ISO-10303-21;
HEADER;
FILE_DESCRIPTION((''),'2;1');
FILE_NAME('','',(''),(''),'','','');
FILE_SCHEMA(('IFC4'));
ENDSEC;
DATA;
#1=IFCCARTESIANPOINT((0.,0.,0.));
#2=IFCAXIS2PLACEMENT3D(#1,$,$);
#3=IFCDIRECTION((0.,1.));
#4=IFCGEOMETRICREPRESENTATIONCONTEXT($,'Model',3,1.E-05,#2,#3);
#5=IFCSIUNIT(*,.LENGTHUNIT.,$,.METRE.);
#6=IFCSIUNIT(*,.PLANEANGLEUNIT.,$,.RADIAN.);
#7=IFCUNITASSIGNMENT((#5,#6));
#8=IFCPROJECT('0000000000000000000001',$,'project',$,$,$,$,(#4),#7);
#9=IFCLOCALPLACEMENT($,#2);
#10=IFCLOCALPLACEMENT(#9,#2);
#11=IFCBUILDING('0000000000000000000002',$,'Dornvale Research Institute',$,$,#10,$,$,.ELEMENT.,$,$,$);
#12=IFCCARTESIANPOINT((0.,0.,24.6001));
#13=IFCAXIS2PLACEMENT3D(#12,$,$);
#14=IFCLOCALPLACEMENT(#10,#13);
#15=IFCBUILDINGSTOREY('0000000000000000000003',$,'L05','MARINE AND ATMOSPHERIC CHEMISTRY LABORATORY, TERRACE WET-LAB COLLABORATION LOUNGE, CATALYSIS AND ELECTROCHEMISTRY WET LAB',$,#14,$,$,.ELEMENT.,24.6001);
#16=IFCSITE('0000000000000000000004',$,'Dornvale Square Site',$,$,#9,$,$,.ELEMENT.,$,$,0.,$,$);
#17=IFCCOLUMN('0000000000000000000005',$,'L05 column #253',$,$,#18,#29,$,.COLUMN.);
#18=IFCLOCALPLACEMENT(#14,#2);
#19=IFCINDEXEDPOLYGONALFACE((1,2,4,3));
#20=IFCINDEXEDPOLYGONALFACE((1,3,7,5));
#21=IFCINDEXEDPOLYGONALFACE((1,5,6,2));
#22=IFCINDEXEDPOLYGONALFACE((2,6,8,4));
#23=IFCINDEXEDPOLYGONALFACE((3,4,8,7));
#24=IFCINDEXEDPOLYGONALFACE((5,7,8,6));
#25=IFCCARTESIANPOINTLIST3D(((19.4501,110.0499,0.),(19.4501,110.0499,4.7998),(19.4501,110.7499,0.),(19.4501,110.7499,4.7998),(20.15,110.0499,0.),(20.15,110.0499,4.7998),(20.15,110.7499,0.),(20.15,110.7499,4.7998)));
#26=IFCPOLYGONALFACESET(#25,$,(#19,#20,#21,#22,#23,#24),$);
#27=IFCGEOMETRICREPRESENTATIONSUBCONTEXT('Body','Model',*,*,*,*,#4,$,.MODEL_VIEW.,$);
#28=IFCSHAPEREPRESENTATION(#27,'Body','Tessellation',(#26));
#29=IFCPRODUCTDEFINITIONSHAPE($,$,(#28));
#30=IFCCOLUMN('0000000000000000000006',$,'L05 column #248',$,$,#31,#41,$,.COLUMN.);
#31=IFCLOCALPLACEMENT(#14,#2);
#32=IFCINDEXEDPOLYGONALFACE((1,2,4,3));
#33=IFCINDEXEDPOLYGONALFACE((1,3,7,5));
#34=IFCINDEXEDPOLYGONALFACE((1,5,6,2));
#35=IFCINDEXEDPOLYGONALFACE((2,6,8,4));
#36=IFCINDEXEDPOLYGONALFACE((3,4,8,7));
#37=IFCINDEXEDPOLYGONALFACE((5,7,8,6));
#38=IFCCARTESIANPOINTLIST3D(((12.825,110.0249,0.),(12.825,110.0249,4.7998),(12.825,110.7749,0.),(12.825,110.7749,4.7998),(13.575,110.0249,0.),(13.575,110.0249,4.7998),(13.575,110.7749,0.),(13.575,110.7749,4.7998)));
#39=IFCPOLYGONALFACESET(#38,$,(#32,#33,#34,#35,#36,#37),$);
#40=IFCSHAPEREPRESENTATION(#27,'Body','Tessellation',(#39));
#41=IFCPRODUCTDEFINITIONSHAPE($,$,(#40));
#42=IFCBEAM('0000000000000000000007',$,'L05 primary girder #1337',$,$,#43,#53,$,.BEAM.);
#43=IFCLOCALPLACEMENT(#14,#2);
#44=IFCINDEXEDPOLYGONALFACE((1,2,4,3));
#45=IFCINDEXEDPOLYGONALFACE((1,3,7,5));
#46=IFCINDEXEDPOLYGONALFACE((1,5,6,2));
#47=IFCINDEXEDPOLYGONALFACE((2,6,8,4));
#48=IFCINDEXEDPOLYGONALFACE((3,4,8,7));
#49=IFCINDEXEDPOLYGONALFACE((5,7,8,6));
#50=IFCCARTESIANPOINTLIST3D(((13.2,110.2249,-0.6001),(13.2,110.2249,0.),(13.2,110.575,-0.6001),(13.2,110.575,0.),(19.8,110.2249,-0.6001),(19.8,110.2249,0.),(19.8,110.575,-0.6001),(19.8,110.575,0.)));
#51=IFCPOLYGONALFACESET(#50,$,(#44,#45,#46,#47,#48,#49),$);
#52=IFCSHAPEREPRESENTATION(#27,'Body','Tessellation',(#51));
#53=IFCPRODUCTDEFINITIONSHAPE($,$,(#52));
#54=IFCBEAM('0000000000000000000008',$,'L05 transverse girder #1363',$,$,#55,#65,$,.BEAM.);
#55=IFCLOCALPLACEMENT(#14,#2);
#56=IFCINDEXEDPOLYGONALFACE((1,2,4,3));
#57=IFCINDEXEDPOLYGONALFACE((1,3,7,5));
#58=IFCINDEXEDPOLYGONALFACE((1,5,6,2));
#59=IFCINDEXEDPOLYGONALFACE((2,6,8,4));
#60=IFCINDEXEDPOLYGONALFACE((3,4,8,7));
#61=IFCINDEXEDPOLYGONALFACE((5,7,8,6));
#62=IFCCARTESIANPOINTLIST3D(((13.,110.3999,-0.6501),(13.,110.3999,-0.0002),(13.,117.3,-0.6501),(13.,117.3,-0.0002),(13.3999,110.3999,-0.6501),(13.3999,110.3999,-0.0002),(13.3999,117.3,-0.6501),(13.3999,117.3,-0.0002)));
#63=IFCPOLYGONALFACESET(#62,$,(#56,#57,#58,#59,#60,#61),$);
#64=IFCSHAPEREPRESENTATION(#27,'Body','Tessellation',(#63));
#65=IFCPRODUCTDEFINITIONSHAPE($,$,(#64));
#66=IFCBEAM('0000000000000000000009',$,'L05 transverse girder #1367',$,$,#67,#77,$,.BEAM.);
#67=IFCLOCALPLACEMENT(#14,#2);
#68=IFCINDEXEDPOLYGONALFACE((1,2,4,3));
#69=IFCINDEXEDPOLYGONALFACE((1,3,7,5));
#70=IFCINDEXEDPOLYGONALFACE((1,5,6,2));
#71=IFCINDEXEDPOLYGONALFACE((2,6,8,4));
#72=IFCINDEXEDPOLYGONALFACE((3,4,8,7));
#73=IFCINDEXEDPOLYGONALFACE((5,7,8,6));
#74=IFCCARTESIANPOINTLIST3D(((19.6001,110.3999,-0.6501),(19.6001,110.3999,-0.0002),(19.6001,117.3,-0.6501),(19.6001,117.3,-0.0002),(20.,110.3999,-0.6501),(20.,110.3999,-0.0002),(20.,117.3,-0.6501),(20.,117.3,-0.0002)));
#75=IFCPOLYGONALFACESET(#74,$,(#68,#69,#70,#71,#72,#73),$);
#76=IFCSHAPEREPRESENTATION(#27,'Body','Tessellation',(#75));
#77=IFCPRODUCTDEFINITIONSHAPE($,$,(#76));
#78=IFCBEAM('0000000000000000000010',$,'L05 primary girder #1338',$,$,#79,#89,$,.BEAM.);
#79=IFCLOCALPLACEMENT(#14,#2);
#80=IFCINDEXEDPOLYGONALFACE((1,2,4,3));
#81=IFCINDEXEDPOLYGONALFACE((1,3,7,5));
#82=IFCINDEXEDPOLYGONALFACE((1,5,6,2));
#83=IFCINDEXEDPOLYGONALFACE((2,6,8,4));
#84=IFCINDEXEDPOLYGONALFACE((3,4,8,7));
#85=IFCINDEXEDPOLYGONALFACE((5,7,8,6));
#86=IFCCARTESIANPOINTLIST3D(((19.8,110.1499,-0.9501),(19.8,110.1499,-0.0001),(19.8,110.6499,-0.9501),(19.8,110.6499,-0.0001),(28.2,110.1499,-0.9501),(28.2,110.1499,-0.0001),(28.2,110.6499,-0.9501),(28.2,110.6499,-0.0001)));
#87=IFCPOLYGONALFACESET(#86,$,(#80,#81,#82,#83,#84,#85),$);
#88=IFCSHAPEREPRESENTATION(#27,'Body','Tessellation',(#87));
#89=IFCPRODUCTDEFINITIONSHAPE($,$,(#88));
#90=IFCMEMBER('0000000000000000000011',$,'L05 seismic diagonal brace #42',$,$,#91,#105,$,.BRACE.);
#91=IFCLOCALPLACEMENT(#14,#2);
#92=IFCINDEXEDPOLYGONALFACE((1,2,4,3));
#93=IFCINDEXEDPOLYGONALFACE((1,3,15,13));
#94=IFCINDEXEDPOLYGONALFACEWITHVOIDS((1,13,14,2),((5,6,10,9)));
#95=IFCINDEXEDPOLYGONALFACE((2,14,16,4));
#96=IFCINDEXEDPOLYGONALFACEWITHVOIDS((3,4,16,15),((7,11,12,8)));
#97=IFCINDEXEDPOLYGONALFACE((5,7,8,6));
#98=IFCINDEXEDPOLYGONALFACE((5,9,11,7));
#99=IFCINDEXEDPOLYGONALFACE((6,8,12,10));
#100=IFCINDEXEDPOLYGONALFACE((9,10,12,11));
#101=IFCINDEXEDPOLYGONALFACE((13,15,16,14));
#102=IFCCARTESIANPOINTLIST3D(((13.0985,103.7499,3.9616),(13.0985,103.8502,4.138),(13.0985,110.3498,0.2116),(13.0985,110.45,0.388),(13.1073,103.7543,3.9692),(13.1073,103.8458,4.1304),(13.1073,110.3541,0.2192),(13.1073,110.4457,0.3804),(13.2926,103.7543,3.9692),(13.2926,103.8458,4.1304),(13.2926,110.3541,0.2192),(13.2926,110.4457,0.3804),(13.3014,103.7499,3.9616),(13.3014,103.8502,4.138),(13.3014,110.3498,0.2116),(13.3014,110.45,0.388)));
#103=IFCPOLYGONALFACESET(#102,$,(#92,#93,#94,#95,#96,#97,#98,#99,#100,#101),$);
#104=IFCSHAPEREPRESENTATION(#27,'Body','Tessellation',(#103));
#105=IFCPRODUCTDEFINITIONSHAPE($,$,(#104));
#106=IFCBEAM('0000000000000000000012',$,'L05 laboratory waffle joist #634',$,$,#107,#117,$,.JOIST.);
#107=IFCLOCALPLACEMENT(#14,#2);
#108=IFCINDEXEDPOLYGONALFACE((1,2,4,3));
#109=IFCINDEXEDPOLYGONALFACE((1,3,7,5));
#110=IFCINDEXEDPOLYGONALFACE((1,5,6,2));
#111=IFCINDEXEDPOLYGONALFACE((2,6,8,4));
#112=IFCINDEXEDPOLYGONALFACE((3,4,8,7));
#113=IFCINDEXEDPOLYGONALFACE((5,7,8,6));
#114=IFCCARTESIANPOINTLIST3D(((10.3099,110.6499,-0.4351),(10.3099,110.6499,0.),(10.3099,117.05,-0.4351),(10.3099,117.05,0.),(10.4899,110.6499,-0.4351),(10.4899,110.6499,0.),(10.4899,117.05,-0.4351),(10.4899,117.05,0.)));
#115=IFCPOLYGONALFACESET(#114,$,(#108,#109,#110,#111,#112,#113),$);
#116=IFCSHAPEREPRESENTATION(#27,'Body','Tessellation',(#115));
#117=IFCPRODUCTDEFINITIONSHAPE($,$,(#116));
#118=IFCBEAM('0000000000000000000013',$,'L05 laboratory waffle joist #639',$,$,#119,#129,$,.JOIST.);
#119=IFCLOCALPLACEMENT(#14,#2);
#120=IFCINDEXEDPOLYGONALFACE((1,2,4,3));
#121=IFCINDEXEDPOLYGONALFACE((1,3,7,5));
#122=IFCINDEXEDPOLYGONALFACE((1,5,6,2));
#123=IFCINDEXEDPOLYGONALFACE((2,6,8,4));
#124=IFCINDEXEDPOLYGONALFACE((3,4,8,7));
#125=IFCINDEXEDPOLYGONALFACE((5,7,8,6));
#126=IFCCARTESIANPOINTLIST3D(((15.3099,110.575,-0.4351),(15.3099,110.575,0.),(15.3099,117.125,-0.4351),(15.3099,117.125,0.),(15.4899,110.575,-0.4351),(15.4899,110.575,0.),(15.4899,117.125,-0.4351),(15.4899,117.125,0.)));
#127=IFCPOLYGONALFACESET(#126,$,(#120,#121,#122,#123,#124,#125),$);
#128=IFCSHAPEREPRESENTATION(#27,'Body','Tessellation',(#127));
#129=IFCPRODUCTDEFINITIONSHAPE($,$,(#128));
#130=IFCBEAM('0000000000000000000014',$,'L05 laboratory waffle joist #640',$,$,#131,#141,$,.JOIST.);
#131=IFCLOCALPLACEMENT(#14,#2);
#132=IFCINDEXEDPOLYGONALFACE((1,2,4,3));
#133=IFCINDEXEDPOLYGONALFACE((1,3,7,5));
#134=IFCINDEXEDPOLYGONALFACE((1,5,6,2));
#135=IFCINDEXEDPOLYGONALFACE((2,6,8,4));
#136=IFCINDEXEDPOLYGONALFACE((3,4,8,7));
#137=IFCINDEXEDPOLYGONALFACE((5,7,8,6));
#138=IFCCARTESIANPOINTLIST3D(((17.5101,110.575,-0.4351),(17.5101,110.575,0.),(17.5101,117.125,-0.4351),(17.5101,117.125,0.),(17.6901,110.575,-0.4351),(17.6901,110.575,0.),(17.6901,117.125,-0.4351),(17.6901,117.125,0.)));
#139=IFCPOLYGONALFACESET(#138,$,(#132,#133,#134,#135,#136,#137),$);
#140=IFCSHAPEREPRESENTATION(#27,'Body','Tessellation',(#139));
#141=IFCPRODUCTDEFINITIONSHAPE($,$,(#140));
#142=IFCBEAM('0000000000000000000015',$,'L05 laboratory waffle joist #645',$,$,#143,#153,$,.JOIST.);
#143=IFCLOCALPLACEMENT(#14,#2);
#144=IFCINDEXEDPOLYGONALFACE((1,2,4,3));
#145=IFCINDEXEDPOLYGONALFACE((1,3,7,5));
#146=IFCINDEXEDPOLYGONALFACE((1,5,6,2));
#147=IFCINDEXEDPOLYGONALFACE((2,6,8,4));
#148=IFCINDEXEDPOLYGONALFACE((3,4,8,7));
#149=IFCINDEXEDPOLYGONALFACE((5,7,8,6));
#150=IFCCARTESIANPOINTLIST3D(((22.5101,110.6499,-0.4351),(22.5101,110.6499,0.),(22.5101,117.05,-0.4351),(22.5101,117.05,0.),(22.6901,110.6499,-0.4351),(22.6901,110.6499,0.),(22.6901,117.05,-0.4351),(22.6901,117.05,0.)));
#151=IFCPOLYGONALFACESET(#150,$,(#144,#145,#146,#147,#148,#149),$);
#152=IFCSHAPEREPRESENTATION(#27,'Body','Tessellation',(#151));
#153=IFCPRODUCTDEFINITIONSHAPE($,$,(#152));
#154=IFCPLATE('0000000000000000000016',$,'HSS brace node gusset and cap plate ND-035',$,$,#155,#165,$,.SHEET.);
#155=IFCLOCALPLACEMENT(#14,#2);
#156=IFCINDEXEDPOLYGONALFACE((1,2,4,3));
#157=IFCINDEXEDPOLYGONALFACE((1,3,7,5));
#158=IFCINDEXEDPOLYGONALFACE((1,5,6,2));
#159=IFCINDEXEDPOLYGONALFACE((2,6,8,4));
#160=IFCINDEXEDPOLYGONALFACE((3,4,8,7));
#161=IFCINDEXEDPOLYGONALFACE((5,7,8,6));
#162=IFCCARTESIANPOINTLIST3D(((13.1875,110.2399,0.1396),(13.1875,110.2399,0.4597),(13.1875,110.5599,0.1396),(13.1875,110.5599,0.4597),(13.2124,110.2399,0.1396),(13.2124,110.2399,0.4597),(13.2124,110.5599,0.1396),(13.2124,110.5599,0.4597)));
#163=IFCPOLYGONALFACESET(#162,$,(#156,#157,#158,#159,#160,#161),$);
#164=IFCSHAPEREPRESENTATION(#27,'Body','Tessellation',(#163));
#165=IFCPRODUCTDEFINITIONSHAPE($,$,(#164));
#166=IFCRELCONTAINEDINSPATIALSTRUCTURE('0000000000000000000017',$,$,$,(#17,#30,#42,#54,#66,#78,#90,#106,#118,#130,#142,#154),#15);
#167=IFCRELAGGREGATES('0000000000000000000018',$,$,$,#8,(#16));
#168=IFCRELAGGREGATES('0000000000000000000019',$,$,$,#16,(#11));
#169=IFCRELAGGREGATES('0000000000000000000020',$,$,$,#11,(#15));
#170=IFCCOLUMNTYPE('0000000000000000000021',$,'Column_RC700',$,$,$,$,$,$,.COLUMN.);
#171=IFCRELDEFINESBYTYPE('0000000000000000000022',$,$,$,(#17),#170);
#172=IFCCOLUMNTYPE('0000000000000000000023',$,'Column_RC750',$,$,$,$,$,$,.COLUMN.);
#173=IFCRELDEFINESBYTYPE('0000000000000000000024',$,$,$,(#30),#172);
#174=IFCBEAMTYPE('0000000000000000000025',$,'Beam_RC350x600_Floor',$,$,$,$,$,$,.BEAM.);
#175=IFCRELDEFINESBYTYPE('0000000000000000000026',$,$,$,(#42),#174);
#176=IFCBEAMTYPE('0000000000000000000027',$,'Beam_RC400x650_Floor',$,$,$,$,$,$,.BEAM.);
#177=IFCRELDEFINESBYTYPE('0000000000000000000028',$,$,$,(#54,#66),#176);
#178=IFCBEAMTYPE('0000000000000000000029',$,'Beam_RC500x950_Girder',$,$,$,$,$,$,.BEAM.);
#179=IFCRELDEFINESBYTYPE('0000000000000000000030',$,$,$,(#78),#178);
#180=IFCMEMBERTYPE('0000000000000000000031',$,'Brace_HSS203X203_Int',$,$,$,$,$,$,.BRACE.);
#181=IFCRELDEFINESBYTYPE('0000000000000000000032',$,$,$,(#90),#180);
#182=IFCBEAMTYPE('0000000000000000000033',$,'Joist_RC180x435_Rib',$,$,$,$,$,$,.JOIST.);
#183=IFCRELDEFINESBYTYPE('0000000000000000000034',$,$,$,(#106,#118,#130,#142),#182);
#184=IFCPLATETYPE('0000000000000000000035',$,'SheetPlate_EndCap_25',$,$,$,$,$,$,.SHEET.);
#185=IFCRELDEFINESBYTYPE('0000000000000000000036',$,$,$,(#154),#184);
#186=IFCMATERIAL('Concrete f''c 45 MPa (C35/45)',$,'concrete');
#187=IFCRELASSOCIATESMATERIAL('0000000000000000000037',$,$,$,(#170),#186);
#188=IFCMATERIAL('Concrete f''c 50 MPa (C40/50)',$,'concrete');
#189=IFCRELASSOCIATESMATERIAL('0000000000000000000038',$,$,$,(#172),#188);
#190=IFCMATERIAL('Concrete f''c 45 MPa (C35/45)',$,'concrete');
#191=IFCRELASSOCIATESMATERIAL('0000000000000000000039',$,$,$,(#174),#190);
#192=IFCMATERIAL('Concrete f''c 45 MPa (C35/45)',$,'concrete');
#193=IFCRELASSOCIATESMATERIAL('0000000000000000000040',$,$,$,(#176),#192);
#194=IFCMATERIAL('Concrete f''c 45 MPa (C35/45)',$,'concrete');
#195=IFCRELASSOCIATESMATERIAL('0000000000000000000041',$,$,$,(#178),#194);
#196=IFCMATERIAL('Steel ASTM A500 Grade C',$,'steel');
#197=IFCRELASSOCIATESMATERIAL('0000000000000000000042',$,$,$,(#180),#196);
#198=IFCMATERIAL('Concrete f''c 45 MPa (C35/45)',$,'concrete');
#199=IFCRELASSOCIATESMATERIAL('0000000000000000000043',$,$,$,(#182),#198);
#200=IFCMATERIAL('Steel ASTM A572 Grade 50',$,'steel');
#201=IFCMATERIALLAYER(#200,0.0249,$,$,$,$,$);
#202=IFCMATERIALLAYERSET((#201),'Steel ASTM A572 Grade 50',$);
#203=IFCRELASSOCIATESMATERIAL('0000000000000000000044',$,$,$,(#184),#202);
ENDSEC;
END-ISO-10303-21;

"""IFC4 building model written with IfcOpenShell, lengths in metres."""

from ifc_helpers import new_model, si_unit, direction, frame, origin, origin_2d, place, context, subcontext, project, spatial, rectangle, hollow_rectangle, extrude, material, layer, layer_set, material_profile, profile_set, type_object, element, save


model = new_model("IFC4")

# Units and contexts
model_context = context("Model", 3, precision=1e-05, world=origin(), true_north=direction((0.0, 1.0)))
body_context = subcontext(model_context, "Body", "Model", "MODEL_VIEW")
ifc_project = project(units=[si_unit("LENGTHUNIT", "METRE"), si_unit("PLANEANGLEUNIT", "RADIAN")], contexts=[model_context])

# Site, building, storey
site_placement = place(None, origin())
site = spatial("IfcSite", under=ifc_project, at=site_placement, Name="Dornvale Square Site", CompositionType="ELEMENT", RefElevation=0.0)
building_placement = place(site_placement, origin())
building = spatial("IfcBuilding", under=site, at=building_placement, Name="Dornvale Research Institute", CompositionType="ELEMENT")
storey_placement = place(building_placement, frame((0.0, 0.0, 24.6001)))
storey = spatial("IfcBuildingStorey", under=building, at=storey_placement, Name="L05", Description="MARINE AND ATMOSPHERIC CHEMISTRY LABORATORY, TERRACE WET-LAB COLLABORATION LOUNGE, CATALYSIS AND ELECTROCHEMISTRY WET LAB", CompositionType="ELEMENT", Elevation=24.6001)

# Columns
ifc_material_1 = material(Name="Concrete f'c 45 MPa (C35/45)", Category="concrete")
ifc_material_profile_1 = material_profile(ifc_material_1, rectangle(XDim=0.7, YDim=0.7, at=origin_2d()), Name="RC 700x700")
ifc_profile_set_1 = profile_set([ifc_material_profile_1], Name="Concrete f'c 45 MPa (C35/45)")
column_type_1 = type_object("IfcColumnType", Name="Column_RC700", PredefinedType="COLUMN", material=ifc_profile_set_1)
column_1_placement = place(storey_placement, frame((19.8, 110.3999, 0.0), z_axis=(0.0, 0.0, 1.0), x_axis=(1.0, 0.0, 0.0)))
element("IfcColumn", 1, at=column_1_placement, inside=storey, type_object=column_type_1, Name="L05 column #253", PredefinedType="COLUMN", context=body_context, shape_type="SweptSolid", body=[
    extrude(rectangle(XDim=0.7, YDim=0.7, at=origin_2d()), origin(), (0.0, 0.0, 1.0), 4.7998),
])
ifc_material_2 = material(Name="Concrete f'c 50 MPa (C40/50)", Category="concrete")
ifc_material_profile_2 = material_profile(ifc_material_2, rectangle(XDim=0.75, YDim=0.75, at=origin_2d()), Name="RC 750x750")
ifc_profile_set_2 = profile_set([ifc_material_profile_2], Name="Concrete f'c 50 MPa (C40/50)")
column_type_2 = type_object("IfcColumnType", Name="Column_RC750", PredefinedType="COLUMN", material=ifc_profile_set_2)
column_2_placement = place(storey_placement, frame((13.2, 110.3999, 0.0), z_axis=(0.0, 0.0, 1.0), x_axis=(1.0, 0.0, 0.0)))
element("IfcColumn", 2, at=column_2_placement, inside=storey, type_object=column_type_2, Name="L05 column #248", PredefinedType="COLUMN", context=body_context, shape_type="SweptSolid", body=[
    extrude(rectangle(XDim=0.75, YDim=0.75, at=origin_2d()), origin(), (0.0, 0.0, 1.0), 4.7998),
])

# Beams
ifc_material_3 = material(Name="Concrete f'c 45 MPa (C35/45)", Category="concrete")
ifc_material_profile_3 = material_profile(ifc_material_3, rectangle(XDim=0.3501, YDim=0.6001, at=origin_2d()), Name="RC 350x600")
ifc_profile_set_3 = profile_set([ifc_material_profile_3], Name="Concrete f'c 45 MPa (C35/45)")
beam_type_1 = type_object("IfcBeamType", Name="Beam_RC350x600_Floor", PredefinedType="BEAM", material=ifc_profile_set_3)
beam_1_placement = place(storey_placement, frame((13.2, 110.3999, -0.3), z_axis=(1.0, 0.0, 0.0), x_axis=(0.0, 1.0, 0.0)))
element("IfcBeam", 3, at=beam_1_placement, inside=storey, type_object=beam_type_1, Name="L05 primary girder #1337", PredefinedType="BEAM", context=body_context, shape_type="SweptSolid", body=[
    extrude(rectangle(XDim=0.3501, YDim=0.6001, at=origin_2d()), origin(), (0.0, 0.0, 1.0), 6.6001),
])
ifc_material_4 = material(Name="Concrete f'c 45 MPa (C35/45)", Category="concrete")
ifc_material_profile_4 = material_profile(ifc_material_4, rectangle(XDim=0.3999, YDim=0.6499, at=origin_2d()), Name="RC 400x650")
ifc_profile_set_4 = profile_set([ifc_material_profile_4], Name="Concrete f'c 45 MPa (C35/45)")
beam_type_2 = type_object("IfcBeamType", Name="Beam_RC400x650_Floor", PredefinedType="BEAM", material=ifc_profile_set_4)
for number, where, z_axis, x_axis, name in (
    (4, (13.2, 110.3999, -0.3252), (0.0, 1.0, 0.0), (-1.0, 0.0, 0.0), "L05 transverse girder #1363"),
    (5, (19.8, 110.3999, -0.3252), (0.0, 1.0, 0.0), (-1.0, 0.0, 0.0), "L05 transverse girder #1367"),
):
    element("IfcBeam", number, at=place(storey_placement, frame(where, z_axis=z_axis, x_axis=x_axis)), inside=storey, type_object=beam_type_2, Name=name, PredefinedType="BEAM", context=body_context, shape_type="SweptSolid", body=[
        extrude(rectangle(XDim=0.3999, YDim=0.6499, at=origin_2d()), origin(), (0.0, 0.0, 1.0), 6.9001),
    ])
ifc_material_5 = material(Name="Concrete f'c 45 MPa (C35/45)", Category="concrete")
ifc_material_profile_5 = material_profile(ifc_material_5, rectangle(XDim=0.5, YDim=0.95, at=origin_2d()), Name="RC 500x950")
ifc_profile_set_5 = profile_set([ifc_material_profile_5], Name="Concrete f'c 45 MPa (C35/45)")
beam_type_3 = type_object("IfcBeamType", Name="Beam_RC500x950_Girder", PredefinedType="BEAM", material=ifc_profile_set_5)
beam_2_placement = place(storey_placement, frame((19.8, 110.3999, -0.4751), z_axis=(1.0, 0.0, 0.0), x_axis=(0.0, 1.0, 0.0)))
element("IfcBeam", 6, at=beam_2_placement, inside=storey, type_object=beam_type_3, Name="L05 primary girder #1338", PredefinedType="BEAM", context=body_context, shape_type="SweptSolid", body=[
    extrude(rectangle(XDim=0.5, YDim=0.95, at=origin_2d()), origin(), (0.0, 0.0, 1.0), 8.3999),
])

# Member
ifc_material_6 = material(Name="Steel ASTM A500 Grade C", Category="steel")
ifc_material_profile_6 = material_profile(ifc_material_6, hollow_rectangle(XDim=0.2029, YDim=0.2029, WallThickness=0.0088, at=origin_2d()), Name="HSS203X203X9.5")
ifc_profile_set_6 = profile_set([ifc_material_profile_6], Name="Steel ASTM A500 Grade C")
member_type = type_object("IfcMemberType", Name="Brace_HSS203X203_Int", PredefinedType="BRACE", material=ifc_profile_set_6)
member_placement = place(storey_placement, frame((13.2, 110.3999, 0.2998), z_axis=(0.0, -0.869452, 0.494018), x_axis=(1.0, 0.0, 0.0)))
element("IfcMember", 7, at=member_placement, inside=storey, type_object=member_type, Name="L05 seismic diagonal brace #42", PredefinedType="BRACE", context=body_context, shape_type="SweptSolid", body=[
    extrude(hollow_rectangle(XDim=0.2029, YDim=0.2029, WallThickness=0.0088, at=origin_2d()), origin(), (0.0, 0.0, 1.0), 7.5908),
])

# Beams
ifc_material_7 = material(Name="Concrete f'c 45 MPa (C35/45)", Category="concrete")
ifc_material_profile_7 = material_profile(ifc_material_7, rectangle(XDim=0.1799, YDim=0.4351, at=origin_2d()), Name="RC 180x435")
ifc_profile_set_7 = profile_set([ifc_material_profile_7], Name="Concrete f'c 45 MPa (C35/45)")
beam_type_4 = type_object("IfcBeamType", Name="Joist_RC180x435_Rib", PredefinedType="JOIST", material=ifc_profile_set_7)
beam_3_placement = place(storey_placement, frame((10.3999, 110.6499, -0.2175), z_axis=(0.0, 1.0, 0.0), x_axis=(-1.0, 0.0, 0.0)))
element("IfcBeam", 8, at=beam_3_placement, inside=storey, type_object=beam_type_4, Name="L05 laboratory waffle joist #634", PredefinedType="JOIST", context=body_context, shape_type="SweptSolid", body=[
    extrude(rectangle(XDim=0.1799, YDim=0.4351, at=origin_2d()), origin(), (0.0, 0.0, 1.0), 6.4001),
])
for number, where, z_axis, x_axis, name in (
    (9, (15.3999, 110.575, -0.2175), (0.0, 1.0, 0.0), (-1.0, 0.0, 0.0), "L05 laboratory waffle joist #639"),
    (10, (17.6001, 110.575, -0.2175), (0.0, 1.0, 0.0), (-1.0, 0.0, 0.0), "L05 laboratory waffle joist #640"),
):
    element("IfcBeam", number, at=place(storey_placement, frame(where, z_axis=z_axis, x_axis=x_axis)), inside=storey, type_object=beam_type_4, Name=name, PredefinedType="JOIST", context=body_context, shape_type="SweptSolid", body=[
        extrude(rectangle(XDim=0.1799, YDim=0.4351, at=origin_2d()), origin(), (0.0, 0.0, 1.0), 6.55),
    ])
beam_4_placement = place(storey_placement, frame((22.6001, 110.6499, -0.2175), z_axis=(0.0, 1.0, 0.0), x_axis=(-1.0, 0.0, 0.0)))
element("IfcBeam", 11, at=beam_4_placement, inside=storey, type_object=beam_type_4, Name="L05 laboratory waffle joist #645", PredefinedType="JOIST", context=body_context, shape_type="SweptSolid", body=[
    extrude(rectangle(XDim=0.1799, YDim=0.4351, at=origin_2d()), origin(), (0.0, 0.0, 1.0), 6.4001),
])

# Plate
ifc_material_8 = material(Name="Steel ASTM A572 Grade 50", Category="steel")
ifc_layer_1 = layer(ifc_material_8, 0.0249)
ifc_layer_set_1 = layer_set([ifc_layer_1], Name="Steel ASTM A572 Grade 50")
plate_type = type_object("IfcPlateType", Name="SheetPlate_EndCap_25", PredefinedType="SHEET", material=ifc_layer_set_1)
plate_placement = place(storey_placement, frame((13.2, 110.3999, 0.1396), z_axis=(0.0, 0.0, 1.0), x_axis=(0.0, 1.0, 0.0)))
element("IfcPlate", 12, at=plate_placement, inside=storey, type_object=plate_type, Name="HSS brace node gusset and cap plate ND-035", PredefinedType="SHEET", context=body_context, shape_type="SweptSolid", body=[
    extrude(rectangle(XDim=0.3201, YDim=0.0249, at=origin_2d()), origin(), (0.0, 0.0, 1.0), 0.3201),
])

save(model, "model.ifc")
